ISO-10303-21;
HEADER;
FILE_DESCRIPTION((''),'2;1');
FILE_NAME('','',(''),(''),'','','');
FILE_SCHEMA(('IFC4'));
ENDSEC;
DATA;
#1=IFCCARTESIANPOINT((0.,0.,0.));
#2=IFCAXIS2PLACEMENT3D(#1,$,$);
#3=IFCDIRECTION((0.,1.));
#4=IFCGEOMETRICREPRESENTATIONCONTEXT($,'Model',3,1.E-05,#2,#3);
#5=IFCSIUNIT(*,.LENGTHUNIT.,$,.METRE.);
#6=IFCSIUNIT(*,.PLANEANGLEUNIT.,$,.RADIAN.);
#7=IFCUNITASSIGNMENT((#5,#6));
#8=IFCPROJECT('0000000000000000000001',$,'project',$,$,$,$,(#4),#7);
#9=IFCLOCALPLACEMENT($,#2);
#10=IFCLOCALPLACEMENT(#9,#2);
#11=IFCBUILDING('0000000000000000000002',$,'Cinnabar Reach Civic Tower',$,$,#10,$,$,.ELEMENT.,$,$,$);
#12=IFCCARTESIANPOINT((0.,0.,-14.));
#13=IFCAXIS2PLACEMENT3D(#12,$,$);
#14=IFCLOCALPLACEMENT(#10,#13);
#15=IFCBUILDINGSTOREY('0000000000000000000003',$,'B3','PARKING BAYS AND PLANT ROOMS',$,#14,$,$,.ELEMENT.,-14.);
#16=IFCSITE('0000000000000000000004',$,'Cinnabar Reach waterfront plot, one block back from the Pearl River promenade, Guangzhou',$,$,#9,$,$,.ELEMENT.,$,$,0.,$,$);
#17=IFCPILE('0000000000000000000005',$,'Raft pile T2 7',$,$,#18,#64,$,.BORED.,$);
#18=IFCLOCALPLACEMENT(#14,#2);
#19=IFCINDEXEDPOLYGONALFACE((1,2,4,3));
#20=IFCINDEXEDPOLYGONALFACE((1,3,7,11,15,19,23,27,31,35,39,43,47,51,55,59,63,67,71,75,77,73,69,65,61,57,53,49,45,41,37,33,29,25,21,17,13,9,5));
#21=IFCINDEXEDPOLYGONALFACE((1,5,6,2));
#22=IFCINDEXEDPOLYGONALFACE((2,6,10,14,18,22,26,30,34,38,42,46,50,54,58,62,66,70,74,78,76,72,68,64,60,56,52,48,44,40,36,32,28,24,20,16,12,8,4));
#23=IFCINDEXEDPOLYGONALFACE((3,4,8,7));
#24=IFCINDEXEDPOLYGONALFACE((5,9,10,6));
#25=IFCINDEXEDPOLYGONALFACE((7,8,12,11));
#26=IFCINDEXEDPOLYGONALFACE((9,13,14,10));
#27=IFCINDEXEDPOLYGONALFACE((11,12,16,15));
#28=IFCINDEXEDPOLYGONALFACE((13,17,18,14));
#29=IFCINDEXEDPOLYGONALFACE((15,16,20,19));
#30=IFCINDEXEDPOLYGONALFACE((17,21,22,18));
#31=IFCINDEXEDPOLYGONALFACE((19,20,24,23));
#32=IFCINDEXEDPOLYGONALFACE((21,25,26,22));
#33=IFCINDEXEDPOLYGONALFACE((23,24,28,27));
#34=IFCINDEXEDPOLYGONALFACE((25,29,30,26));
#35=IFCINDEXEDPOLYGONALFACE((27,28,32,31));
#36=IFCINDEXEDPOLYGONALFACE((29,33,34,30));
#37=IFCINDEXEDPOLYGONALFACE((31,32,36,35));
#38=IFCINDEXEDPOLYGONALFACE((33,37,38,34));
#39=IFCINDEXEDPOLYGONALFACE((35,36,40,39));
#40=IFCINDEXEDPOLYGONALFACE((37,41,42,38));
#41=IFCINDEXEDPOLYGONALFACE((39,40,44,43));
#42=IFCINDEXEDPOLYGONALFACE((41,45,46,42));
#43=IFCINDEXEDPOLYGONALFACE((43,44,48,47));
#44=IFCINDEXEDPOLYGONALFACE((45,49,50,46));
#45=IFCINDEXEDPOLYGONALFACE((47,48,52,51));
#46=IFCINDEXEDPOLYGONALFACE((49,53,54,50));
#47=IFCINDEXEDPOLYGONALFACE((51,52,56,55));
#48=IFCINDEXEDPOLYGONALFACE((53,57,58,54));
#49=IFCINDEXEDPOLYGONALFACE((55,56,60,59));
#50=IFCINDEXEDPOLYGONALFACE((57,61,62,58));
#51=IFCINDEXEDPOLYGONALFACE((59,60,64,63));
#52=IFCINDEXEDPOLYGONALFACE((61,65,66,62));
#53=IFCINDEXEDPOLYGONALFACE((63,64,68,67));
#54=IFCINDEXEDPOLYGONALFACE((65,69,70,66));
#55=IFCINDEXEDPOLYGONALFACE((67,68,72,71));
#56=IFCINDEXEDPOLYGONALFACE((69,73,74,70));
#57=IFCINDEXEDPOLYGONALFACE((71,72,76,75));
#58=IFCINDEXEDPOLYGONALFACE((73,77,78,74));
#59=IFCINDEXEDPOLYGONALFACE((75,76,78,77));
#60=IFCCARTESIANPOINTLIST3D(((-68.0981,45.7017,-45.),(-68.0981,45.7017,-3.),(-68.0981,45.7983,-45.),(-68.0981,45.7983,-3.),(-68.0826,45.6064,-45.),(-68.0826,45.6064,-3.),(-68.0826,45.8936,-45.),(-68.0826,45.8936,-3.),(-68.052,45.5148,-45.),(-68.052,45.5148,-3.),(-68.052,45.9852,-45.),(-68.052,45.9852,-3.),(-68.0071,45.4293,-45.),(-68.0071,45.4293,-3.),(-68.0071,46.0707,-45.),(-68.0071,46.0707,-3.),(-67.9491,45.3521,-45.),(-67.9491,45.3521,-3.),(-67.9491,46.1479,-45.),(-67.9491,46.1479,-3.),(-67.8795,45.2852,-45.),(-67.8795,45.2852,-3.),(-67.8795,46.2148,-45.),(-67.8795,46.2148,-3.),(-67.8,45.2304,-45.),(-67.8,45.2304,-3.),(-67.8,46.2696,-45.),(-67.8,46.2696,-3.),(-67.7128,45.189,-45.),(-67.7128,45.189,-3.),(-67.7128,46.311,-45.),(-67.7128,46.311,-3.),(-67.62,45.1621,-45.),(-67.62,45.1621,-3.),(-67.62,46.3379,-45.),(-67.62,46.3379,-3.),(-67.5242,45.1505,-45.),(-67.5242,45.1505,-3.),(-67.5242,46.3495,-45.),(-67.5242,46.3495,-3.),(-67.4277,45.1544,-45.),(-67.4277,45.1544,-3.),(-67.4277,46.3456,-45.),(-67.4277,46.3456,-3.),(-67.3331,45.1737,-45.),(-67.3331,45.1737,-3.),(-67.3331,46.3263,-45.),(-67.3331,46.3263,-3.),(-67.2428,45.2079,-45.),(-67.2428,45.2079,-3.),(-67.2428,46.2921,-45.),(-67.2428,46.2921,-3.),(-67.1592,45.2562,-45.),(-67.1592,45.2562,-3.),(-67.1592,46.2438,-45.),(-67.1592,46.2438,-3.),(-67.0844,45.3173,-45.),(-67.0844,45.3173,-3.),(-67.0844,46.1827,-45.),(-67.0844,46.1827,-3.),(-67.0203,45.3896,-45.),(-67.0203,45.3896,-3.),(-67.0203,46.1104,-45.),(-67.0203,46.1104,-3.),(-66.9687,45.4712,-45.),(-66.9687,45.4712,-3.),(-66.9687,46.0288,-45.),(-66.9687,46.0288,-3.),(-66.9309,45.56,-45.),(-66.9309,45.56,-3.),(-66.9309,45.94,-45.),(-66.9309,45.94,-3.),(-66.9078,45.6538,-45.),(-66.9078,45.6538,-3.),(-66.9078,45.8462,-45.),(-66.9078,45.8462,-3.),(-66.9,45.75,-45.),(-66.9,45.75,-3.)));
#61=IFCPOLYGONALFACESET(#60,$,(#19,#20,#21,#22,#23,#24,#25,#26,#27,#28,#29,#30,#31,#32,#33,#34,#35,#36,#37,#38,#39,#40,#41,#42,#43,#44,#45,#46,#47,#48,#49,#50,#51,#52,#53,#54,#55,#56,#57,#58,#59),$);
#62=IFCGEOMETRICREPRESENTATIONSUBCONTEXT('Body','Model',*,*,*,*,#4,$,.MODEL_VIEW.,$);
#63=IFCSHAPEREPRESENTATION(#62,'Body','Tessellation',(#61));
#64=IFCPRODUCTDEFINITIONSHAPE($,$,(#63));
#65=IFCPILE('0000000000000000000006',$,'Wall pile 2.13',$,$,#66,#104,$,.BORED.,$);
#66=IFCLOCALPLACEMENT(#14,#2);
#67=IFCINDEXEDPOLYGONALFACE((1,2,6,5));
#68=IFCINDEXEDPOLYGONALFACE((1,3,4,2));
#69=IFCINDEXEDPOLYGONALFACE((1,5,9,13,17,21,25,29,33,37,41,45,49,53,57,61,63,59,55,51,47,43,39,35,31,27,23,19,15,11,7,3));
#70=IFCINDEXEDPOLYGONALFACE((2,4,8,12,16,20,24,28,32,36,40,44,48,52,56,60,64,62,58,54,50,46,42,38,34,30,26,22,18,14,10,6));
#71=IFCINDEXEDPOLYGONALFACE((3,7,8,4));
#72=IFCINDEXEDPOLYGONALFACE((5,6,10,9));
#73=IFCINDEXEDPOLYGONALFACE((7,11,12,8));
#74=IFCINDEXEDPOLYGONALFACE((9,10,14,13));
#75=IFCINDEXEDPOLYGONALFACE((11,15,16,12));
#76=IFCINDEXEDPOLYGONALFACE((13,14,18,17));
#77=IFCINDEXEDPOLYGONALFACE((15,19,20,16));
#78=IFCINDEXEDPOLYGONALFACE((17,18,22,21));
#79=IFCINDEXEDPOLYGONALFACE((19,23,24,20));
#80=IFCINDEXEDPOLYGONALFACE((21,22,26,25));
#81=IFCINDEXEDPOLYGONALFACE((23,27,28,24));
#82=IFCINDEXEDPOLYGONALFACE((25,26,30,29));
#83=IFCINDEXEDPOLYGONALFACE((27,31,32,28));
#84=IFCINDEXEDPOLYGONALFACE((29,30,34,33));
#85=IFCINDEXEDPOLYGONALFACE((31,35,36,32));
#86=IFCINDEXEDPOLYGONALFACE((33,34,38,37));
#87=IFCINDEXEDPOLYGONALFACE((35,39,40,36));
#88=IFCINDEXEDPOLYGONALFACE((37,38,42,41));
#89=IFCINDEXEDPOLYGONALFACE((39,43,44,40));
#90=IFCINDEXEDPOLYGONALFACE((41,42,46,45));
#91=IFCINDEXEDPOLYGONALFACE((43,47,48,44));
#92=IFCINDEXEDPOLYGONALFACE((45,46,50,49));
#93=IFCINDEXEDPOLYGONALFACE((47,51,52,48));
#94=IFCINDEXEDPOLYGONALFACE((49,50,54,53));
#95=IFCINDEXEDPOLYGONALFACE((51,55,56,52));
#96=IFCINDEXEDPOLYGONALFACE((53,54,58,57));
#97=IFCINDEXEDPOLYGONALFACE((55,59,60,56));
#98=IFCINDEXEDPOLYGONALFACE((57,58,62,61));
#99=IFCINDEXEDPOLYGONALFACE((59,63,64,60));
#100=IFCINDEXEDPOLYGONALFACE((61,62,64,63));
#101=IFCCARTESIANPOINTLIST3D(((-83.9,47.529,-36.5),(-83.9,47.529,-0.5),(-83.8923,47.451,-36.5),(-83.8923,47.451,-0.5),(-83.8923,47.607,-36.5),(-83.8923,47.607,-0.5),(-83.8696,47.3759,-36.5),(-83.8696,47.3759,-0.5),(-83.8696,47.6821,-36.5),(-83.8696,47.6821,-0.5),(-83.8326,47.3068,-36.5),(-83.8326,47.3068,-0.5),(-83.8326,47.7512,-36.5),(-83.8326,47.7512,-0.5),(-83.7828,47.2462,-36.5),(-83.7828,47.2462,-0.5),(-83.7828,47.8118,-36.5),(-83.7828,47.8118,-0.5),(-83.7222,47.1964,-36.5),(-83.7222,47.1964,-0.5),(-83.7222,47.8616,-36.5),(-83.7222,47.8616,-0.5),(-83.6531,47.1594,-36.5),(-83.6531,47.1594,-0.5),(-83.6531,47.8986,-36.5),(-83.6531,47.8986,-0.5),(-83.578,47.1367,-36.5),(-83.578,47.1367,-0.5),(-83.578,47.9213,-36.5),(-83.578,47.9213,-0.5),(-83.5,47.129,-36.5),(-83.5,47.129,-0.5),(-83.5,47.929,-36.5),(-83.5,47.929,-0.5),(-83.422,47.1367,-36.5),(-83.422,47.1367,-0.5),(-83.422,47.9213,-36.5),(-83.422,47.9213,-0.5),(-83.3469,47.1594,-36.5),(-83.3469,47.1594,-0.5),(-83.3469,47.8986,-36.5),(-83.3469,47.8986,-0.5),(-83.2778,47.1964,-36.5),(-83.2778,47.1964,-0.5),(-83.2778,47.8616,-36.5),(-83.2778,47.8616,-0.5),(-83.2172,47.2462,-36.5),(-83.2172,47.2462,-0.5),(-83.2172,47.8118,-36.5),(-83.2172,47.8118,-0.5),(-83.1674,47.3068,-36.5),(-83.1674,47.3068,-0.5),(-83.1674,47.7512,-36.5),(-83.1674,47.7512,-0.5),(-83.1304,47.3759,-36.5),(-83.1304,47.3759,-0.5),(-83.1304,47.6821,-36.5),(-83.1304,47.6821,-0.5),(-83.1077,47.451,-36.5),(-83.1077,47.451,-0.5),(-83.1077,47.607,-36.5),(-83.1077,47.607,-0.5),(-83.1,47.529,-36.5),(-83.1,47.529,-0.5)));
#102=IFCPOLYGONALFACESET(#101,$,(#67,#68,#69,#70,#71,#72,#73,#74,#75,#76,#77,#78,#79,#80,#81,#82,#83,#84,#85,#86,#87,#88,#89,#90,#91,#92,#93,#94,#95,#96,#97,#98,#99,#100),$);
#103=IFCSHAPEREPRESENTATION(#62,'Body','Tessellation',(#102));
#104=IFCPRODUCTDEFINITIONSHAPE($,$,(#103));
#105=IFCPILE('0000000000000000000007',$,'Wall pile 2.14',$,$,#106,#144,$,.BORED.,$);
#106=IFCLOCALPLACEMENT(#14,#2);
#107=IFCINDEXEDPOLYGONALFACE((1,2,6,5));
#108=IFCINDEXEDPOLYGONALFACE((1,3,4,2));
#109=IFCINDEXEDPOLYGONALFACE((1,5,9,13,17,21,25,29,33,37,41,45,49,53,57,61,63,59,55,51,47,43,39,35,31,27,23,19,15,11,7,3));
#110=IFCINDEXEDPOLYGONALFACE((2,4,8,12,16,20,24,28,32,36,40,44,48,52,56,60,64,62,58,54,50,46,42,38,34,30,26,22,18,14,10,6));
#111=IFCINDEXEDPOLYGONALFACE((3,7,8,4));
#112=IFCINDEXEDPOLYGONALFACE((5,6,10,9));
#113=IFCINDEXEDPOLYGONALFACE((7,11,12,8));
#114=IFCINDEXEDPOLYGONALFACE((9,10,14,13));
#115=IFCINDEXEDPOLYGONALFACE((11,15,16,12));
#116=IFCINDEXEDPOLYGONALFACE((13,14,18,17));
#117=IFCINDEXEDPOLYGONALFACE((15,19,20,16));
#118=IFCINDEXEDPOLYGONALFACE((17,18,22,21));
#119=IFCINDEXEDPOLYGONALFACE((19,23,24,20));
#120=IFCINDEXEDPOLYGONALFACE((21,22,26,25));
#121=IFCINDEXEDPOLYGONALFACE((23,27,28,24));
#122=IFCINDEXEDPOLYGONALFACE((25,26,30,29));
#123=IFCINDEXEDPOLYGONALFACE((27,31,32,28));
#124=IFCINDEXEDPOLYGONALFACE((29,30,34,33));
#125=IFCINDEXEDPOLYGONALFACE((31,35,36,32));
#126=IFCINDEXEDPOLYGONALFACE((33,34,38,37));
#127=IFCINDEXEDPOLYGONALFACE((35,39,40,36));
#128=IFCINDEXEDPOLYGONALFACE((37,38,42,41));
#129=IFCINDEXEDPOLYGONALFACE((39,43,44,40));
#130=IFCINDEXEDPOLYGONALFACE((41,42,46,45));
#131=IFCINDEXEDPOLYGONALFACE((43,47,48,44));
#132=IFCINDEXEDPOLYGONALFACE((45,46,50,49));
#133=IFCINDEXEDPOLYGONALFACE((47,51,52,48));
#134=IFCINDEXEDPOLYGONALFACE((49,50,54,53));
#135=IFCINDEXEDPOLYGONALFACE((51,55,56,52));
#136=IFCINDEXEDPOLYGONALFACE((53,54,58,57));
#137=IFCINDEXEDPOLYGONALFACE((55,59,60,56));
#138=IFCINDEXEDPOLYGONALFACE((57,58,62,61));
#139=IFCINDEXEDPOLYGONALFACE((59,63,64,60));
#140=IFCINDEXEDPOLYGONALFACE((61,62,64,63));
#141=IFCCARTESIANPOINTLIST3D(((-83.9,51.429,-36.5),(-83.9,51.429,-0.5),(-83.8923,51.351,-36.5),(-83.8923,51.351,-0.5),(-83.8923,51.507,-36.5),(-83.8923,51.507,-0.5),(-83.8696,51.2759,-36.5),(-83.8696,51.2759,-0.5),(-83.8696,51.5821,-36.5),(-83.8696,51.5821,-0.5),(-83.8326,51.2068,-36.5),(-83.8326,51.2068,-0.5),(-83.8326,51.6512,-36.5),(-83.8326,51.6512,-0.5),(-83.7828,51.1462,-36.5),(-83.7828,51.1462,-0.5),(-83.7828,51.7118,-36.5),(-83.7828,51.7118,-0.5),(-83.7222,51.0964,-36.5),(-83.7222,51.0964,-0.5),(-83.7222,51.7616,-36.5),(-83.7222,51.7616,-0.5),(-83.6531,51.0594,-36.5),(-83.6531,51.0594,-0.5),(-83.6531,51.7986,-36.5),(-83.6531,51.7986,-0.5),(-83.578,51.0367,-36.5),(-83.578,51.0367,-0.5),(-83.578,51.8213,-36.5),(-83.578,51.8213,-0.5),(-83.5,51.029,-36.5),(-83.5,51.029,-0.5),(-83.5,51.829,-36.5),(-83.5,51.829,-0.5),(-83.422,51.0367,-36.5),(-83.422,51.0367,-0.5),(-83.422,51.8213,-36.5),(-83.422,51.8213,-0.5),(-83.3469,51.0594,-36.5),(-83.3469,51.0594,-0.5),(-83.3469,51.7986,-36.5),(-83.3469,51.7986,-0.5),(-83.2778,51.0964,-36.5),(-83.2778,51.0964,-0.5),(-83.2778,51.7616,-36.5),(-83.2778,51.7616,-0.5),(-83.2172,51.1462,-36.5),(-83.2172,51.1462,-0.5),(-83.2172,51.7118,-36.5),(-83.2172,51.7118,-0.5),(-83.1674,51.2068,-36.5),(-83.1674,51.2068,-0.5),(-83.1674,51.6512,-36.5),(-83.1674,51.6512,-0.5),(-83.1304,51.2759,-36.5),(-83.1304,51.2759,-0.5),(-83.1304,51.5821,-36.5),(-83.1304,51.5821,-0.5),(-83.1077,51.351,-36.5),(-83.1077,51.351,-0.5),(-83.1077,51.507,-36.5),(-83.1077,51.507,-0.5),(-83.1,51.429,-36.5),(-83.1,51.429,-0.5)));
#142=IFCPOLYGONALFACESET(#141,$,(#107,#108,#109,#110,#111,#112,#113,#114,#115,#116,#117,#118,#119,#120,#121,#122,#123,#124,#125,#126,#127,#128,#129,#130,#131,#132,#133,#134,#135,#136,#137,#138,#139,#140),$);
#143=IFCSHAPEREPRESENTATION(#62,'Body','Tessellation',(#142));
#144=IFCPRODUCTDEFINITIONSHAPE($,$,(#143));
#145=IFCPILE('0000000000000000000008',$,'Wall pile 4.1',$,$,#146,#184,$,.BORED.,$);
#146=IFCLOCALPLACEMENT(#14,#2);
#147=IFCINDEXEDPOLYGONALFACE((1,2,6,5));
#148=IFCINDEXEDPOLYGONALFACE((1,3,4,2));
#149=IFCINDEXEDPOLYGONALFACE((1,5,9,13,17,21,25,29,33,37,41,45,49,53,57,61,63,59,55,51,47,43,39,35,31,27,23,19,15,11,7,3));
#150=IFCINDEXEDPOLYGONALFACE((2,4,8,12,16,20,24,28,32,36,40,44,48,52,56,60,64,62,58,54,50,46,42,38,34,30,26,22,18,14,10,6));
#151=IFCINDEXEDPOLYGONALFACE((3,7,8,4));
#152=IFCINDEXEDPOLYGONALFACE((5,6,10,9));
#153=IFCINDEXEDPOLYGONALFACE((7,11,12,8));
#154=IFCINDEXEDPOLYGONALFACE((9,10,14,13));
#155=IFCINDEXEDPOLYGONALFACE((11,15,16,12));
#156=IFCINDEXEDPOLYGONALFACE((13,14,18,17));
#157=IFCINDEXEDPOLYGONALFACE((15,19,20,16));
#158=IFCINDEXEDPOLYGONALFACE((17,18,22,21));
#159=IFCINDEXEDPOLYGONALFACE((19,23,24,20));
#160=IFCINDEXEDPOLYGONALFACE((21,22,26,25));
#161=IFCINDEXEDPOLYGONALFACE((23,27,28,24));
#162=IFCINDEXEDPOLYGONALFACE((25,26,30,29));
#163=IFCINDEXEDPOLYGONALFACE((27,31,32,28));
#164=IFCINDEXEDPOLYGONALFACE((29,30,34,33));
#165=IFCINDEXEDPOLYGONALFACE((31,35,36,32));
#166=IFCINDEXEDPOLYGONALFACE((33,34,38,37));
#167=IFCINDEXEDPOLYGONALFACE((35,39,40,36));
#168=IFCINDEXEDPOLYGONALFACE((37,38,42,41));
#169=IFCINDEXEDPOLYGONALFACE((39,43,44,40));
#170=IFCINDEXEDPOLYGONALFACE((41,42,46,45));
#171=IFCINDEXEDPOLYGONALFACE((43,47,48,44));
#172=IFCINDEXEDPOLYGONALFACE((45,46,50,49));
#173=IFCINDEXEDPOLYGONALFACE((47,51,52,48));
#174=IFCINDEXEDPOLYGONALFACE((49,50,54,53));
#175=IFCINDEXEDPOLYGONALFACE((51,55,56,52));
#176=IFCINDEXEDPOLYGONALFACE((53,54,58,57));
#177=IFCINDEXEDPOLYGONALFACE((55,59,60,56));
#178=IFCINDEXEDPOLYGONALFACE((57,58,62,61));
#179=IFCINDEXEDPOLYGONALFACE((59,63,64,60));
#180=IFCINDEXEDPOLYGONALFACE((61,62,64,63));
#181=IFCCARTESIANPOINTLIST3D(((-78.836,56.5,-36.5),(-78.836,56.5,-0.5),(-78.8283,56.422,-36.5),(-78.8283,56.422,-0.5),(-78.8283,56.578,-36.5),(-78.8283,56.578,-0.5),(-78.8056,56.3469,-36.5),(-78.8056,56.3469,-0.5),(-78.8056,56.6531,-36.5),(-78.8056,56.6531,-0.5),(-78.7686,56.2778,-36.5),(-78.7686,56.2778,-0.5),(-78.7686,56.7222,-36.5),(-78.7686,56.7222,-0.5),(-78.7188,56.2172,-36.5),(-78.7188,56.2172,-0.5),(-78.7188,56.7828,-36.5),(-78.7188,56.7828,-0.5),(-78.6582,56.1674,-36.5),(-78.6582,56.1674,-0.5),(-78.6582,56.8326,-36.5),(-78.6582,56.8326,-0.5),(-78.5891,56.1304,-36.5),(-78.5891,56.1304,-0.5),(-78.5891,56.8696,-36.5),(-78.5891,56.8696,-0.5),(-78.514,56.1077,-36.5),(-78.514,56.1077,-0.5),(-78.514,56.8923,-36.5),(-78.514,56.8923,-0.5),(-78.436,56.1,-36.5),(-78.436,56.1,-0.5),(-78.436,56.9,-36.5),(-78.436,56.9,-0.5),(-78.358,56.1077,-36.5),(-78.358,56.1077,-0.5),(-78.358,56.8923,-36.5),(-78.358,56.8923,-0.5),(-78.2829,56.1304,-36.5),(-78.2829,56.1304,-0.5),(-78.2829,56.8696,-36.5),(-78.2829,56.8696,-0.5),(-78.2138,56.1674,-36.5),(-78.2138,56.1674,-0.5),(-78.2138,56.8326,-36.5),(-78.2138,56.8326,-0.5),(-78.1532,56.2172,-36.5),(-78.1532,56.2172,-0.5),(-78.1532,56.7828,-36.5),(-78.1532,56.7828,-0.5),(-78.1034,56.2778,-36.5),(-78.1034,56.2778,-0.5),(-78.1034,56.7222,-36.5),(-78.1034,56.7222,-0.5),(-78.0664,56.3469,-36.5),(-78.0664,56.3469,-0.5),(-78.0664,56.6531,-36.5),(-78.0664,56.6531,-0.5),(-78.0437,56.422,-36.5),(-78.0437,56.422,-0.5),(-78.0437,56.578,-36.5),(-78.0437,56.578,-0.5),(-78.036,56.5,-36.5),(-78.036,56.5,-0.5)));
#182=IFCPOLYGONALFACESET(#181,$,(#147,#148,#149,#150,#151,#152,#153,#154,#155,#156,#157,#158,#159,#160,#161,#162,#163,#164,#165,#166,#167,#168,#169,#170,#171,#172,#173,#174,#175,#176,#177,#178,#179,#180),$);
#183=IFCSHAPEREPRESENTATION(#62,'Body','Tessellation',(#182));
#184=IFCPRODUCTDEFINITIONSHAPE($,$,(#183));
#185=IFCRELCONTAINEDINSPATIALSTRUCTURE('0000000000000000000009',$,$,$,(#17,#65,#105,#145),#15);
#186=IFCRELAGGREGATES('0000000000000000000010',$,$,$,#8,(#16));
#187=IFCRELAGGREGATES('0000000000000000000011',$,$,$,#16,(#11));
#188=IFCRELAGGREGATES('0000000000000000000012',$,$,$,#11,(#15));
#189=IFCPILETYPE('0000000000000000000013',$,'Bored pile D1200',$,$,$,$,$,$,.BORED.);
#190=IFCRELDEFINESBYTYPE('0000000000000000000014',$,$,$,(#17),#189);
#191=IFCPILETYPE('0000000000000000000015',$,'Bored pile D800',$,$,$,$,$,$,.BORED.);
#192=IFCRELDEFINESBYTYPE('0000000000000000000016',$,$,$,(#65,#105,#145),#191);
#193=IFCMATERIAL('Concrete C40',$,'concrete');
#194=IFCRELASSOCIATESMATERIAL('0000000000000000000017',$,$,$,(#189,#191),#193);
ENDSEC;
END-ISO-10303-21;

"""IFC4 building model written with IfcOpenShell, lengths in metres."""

from ifc_helpers import new_model, si_unit, direction, frame, origin, origin_2d, place, context, subcontext, project, spatial, circle, extrude, material, type_object, element, save


model = new_model("IFC4")

# Units and contexts
model_context = context("Model", 3, precision=1e-05, world=origin(), true_north=direction((0.0, 1.0)))
body_context = subcontext(model_context, "Body", "Model", "MODEL_VIEW")
ifc_project = project(units=[si_unit("LENGTHUNIT", "METRE"), si_unit("PLANEANGLEUNIT", "RADIAN")], contexts=[model_context])

# Site, building, storey
site_placement = place(None, origin())
site = spatial("IfcSite", under=ifc_project, at=site_placement, Name="Cinnabar Reach waterfront plot, one block back from the Pearl River promenade, Guangzhou", CompositionType="ELEMENT", RefElevation=0.0)
building_placement = place(site_placement, origin())
building = spatial("IfcBuilding", under=site, at=building_placement, Name="Cinnabar Reach Civic Tower", CompositionType="ELEMENT")
storey_placement = place(building_placement, frame((0.0, 0.0, -14.0)))
storey = spatial("IfcBuildingStorey", under=building, at=storey_placement, Name="B3", Description="PARKING BAYS AND PLANT ROOMS", CompositionType="ELEMENT", Elevation=-14.0)

# Piles
ifc_material_1 = material(Name="Concrete C40", Category="concrete")
pile_type_1 = type_object("IfcPileType", Name="Bored pile D1200", PredefinedType="BORED", material=ifc_material_1)
pile_placement = place(storey_placement, frame((-67.5, 45.75, -3.0), z_axis=(0.0, 0.0, -1.0), x_axis=(1.0, 0.0, 0.0)))
element("IfcPile", 1, at=pile_placement, inside=storey, type_object=pile_type_1, Name="Raft pile T2 7", PredefinedType="BORED", context=body_context, shape_type="SweptSolid", body=[
    extrude(circle(Radius=0.6, at=origin_2d()), origin(), (0.0, 0.0, 1.0), 42.0),
])
pile_type_2 = type_object("IfcPileType", Name="Bored pile D800", PredefinedType="BORED", material=ifc_material_1)
for number, where, z_axis, x_axis, name in (
    (2, (-83.5, 47.529, -0.5), (0.0, 0.0, -1.0), (1.0, 0.0, 0.0), "Wall pile 2.13"),
    (3, (-83.5, 51.429, -0.5), (0.0, 0.0, -1.0), (1.0, 0.0, 0.0), "Wall pile 2.14"),
    (4, (-78.436, 56.5, -0.5), (0.0, 0.0, -1.0), (1.0, 0.0, 0.0), "Wall pile 4.1"),
):
    element("IfcPile", number, at=place(storey_placement, frame(where, z_axis=z_axis, x_axis=x_axis)), inside=storey, type_object=pile_type_2, Name=name, PredefinedType="BORED", context=body_context, shape_type="SweptSolid", body=[
        extrude(circle(Radius=0.4, at=origin_2d()), origin(), (0.0, 0.0, 1.0), 36.0),
    ])

save(model, "model.ifc")
